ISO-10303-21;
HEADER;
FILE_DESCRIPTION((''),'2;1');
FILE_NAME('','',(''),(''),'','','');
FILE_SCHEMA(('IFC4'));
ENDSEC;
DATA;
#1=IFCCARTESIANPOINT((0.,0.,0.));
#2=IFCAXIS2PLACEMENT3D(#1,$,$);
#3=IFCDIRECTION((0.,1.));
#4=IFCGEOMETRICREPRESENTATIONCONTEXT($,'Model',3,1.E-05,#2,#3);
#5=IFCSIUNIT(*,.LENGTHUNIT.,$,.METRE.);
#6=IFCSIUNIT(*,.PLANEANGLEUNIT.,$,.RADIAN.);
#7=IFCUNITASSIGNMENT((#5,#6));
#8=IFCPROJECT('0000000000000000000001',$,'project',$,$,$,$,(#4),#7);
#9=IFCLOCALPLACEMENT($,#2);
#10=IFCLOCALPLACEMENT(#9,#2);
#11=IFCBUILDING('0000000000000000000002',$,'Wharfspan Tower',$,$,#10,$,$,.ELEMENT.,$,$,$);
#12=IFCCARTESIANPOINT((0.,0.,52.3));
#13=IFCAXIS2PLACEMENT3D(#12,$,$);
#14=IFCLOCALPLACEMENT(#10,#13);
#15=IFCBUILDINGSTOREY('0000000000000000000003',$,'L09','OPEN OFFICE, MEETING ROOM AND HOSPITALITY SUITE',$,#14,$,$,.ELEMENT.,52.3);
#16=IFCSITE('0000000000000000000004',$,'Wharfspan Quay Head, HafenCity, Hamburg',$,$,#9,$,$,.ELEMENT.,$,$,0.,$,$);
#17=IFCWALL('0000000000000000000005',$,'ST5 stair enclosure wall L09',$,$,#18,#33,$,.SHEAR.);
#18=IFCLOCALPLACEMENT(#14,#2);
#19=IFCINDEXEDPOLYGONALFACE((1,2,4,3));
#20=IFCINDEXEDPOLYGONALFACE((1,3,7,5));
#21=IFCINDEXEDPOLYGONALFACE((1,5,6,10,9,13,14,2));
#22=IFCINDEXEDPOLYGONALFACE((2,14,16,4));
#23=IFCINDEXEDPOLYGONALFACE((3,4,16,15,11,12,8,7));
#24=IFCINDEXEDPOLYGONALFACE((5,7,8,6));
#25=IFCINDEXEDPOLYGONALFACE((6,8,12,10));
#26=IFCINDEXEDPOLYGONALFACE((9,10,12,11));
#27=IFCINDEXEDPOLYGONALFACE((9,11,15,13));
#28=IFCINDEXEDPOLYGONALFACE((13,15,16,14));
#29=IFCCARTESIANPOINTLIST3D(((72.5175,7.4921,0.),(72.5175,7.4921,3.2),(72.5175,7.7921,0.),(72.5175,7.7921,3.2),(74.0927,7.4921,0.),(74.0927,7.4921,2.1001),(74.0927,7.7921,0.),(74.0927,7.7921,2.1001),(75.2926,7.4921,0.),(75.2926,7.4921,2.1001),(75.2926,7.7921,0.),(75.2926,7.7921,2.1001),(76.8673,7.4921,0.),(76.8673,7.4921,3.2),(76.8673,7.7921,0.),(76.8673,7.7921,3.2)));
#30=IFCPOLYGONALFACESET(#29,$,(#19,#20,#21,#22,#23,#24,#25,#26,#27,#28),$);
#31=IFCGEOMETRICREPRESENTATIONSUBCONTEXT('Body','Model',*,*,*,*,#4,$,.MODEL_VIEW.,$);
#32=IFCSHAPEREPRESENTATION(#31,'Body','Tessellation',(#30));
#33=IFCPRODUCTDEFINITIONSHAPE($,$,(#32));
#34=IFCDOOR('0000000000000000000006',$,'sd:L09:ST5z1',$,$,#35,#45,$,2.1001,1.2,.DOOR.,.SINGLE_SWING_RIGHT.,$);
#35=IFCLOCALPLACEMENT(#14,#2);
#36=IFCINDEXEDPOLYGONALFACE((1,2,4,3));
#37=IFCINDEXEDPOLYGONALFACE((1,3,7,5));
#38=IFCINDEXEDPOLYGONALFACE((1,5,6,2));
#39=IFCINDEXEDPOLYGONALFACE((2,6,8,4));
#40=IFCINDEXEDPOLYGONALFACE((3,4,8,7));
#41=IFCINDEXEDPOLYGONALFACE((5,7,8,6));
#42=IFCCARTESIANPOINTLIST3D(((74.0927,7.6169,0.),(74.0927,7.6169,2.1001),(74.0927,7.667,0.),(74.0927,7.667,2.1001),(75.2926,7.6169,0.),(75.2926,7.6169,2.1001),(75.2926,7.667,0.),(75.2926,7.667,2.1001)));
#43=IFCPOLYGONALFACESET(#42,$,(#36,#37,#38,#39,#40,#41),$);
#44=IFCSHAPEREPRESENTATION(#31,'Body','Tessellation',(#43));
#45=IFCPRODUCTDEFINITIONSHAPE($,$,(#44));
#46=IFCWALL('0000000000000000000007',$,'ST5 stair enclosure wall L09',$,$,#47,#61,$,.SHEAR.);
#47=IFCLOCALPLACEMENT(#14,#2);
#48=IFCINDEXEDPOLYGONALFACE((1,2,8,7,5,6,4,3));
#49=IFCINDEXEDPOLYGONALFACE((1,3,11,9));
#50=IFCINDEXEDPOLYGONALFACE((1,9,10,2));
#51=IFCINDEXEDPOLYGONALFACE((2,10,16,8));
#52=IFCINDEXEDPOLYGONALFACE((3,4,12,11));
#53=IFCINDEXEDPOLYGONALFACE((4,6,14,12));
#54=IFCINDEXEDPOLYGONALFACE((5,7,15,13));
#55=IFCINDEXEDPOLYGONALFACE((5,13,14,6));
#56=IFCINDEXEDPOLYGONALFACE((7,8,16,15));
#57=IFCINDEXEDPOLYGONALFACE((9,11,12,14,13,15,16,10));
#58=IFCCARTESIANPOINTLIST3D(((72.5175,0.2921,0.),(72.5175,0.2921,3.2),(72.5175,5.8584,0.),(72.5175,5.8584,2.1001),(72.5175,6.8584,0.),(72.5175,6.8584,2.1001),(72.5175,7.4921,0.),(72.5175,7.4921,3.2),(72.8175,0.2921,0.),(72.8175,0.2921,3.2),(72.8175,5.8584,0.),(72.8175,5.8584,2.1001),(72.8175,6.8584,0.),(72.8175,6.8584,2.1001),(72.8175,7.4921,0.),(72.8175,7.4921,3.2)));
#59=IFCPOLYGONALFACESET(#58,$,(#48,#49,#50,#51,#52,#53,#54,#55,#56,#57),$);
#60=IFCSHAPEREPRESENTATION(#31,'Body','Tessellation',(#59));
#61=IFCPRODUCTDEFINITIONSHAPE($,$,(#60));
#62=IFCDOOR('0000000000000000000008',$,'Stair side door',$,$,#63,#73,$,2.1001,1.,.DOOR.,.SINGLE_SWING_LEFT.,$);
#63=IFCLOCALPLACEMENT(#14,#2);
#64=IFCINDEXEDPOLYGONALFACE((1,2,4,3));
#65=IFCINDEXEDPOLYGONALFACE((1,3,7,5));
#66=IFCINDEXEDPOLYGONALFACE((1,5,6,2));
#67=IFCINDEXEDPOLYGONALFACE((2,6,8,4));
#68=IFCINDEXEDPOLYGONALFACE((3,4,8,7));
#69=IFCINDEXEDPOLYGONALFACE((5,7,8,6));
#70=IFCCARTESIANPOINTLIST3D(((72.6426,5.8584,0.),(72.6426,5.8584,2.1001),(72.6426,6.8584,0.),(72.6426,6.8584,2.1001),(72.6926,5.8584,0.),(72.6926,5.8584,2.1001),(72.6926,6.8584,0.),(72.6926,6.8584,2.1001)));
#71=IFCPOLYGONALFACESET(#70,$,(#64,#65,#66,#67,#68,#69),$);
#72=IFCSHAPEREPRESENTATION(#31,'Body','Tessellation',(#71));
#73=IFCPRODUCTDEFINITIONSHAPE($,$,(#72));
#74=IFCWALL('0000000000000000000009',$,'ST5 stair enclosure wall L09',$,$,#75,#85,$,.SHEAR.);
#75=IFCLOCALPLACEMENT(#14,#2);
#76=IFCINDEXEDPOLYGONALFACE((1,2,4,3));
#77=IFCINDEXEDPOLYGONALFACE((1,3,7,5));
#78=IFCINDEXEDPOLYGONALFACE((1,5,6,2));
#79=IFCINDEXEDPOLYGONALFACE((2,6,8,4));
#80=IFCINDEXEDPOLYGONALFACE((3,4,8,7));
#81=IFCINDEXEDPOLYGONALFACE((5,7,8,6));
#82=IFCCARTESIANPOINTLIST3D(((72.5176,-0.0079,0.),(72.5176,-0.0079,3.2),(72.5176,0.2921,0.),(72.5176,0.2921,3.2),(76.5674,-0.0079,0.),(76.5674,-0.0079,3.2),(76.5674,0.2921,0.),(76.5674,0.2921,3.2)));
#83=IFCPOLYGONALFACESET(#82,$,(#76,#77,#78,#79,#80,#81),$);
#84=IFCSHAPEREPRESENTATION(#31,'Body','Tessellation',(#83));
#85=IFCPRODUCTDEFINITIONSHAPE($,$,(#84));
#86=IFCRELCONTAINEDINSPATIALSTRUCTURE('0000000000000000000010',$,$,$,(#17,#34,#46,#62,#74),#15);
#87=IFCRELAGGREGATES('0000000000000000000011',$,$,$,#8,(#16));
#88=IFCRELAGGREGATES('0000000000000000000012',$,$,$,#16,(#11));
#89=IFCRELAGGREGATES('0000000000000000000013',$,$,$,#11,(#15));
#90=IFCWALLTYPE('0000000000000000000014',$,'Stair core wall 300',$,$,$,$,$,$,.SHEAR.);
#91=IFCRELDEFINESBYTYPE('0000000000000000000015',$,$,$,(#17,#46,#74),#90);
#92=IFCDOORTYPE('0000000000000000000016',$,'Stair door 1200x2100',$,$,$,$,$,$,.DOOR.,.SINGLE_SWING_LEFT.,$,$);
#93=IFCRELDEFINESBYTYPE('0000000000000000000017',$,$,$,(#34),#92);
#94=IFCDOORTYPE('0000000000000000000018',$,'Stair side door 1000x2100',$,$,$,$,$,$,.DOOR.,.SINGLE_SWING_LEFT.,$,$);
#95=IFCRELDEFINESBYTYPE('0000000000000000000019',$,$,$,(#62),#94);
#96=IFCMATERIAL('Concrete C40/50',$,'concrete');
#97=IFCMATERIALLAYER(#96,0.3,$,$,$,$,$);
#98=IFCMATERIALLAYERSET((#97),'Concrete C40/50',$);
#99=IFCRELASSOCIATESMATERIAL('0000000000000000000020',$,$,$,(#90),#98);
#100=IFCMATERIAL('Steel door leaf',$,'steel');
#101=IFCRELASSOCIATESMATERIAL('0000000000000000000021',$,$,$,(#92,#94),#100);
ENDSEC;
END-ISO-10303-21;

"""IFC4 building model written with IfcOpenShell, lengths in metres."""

from ifc_helpers import new_model, si_unit, direction, frame, frame_2d, origin, place, context, subcontext, project, spatial, rectangle, extrude, material, layer, layer_set, type_object, element, fill, save


model = new_model("IFC4")

# Units and contexts
model_context = context("Model", 3, precision=1e-05, world=origin(), true_north=direction((0.0, 1.0)))
body_context = subcontext(model_context, "Body", "Model", "MODEL_VIEW")
ifc_project = project(units=[si_unit("LENGTHUNIT", "METRE"), si_unit("PLANEANGLEUNIT", "RADIAN")], contexts=[model_context])

# Site, building, storey
site_placement = place(None, origin())
site = spatial("IfcSite", under=ifc_project, at=site_placement, Name="Wharfspan Quay Head, HafenCity, Hamburg", CompositionType="ELEMENT", RefElevation=0.0)
building_placement = place(site_placement, origin())
building = spatial("IfcBuilding", under=site, at=building_placement, Name="Wharfspan Tower", CompositionType="ELEMENT")
storey_placement = place(building_placement, frame((0.0, 0.0, 52.3)))
storey = spatial("IfcBuildingStorey", under=building, at=storey_placement, Name="L09", Description="OPEN OFFICE, MEETING ROOM AND HOSPITALITY SUITE", CompositionType="ELEMENT", Elevation=52.3)

# Walls, openings, doors
ifc_material_1 = material(Name="Concrete C40/50", Category="concrete")
ifc_layer_1 = layer(ifc_material_1, 0.3)
ifc_layer_set_1 = layer_set([ifc_layer_1], Name="Concrete C40/50")
wall_type_1 = type_object("IfcWallType", Name="Stair core wall 300", PredefinedType="SHEAR", material=ifc_layer_set_1)
wall_1_placement = place(storey_placement, frame((72.5176, 7.6421, 0.0), z_axis=(0.0, 0.0, 1.0), x_axis=(1.0, 0.0, 0.0)))
wall_1 = element("IfcWall", 1, at=wall_1_placement, inside=storey, type_object=wall_type_1, Name="ST5 stair enclosure wall L09", PredefinedType="SHEAR", context=body_context, shape_type="SweptSolid", body=[
    extrude(rectangle(XDim=4.3499, YDim=0.3, at=frame_2d((2.1748, 0.0))), origin(), (0.0, 0.0, 1.0), 3.2),
])
opening_1_placement = place(wall_1_placement, frame((1.575, 0.0, 0.0)))
opening_1 = element("IfcOpeningElement", 2, at=opening_1_placement, cuts=wall_1, PredefinedType="OPENING", context=body_context, shape_type="SweptSolid", body=[
    extrude(rectangle(XDim=1.2, YDim=2.1001, at=frame_2d((0.6001, 1.05))), frame((0.0, 0.1599, 0.0), z_axis=(0.0, -1.0, 0.0), x_axis=(1.0, 0.0, 0.0)), (0.0, 0.0, 1.0), 0.3201),
])
ifc_material_2 = material(Name="Steel door leaf", Category="steel")
door_type_1 = type_object("IfcDoorType", Name="Stair door 1200x2100", OperationType="SINGLE_SWING_LEFT", PredefinedType="DOOR", material=ifc_material_2)
door_1_placement = place(opening_1_placement, origin())
door_1 = element("IfcDoor", 3, at=door_1_placement, inside=storey, type_object=door_type_1, Name="sd:L09:ST5z1", OperationType="SINGLE_SWING_RIGHT", OverallHeight=2.1001, OverallWidth=1.2, PredefinedType="DOOR", context=body_context, shape_type="SweptSolid", body=[
    extrude(rectangle(XDim=1.2, YDim=2.1001, at=frame_2d((0.6001, 1.05))), frame((0.0, 0.0249, 0.0), z_axis=(0.0, -1.0, 0.0), x_axis=(1.0, 0.0, 0.0)), (0.0, 0.0, 1.0), 0.05),
])
fill(opening_1, door_1)
wall_2_placement = place(storey_placement, frame((72.6675, 0.292, 0.0), z_axis=(0.0, 0.0, 1.0), x_axis=(0.0, 1.0, 0.0)))
wall_2 = element("IfcWall", 4, at=wall_2_placement, inside=storey, type_object=wall_type_1, Name="ST5 stair enclosure wall L09", PredefinedType="SHEAR", context=body_context, shape_type="SweptSolid", body=[
    extrude(rectangle(XDim=7.2, YDim=0.3, at=frame_2d((3.6001, 0.0))), origin(), (0.0, 0.0, 1.0), 3.2),
])
opening_2_placement = place(wall_2_placement, frame((5.5664, 0.0, 0.0)))
opening_2 = element("IfcOpeningElement", 5, at=opening_2_placement, cuts=wall_2, PredefinedType="OPENING", context=body_context, shape_type="SweptSolid", body=[
    extrude(rectangle(XDim=1.0, YDim=2.1001, at=frame_2d((0.5, 1.05))), frame((0.0, 0.1599, 0.0), z_axis=(0.0, -1.0, 0.0), x_axis=(1.0, 0.0, 0.0)), (0.0, 0.0, 1.0), 0.3201),
])
door_type_2 = type_object("IfcDoorType", Name="Stair side door 1000x2100", OperationType="SINGLE_SWING_LEFT", PredefinedType="DOOR", material=ifc_material_2)
door_2_placement = place(opening_2_placement, origin())
door_2 = element("IfcDoor", 6, at=door_2_placement, inside=storey, type_object=door_type_2, Name="Stair side door", OperationType="SINGLE_SWING_LEFT", OverallHeight=2.1001, OverallWidth=1.0, PredefinedType="DOOR", context=body_context, shape_type="SweptSolid", body=[
    extrude(rectangle(XDim=1.0, YDim=2.1001, at=frame_2d((0.5, 1.05))), frame((0.0, 0.0249, 0.0), z_axis=(0.0, -1.0, 0.0), x_axis=(1.0, 0.0, 0.0)), (0.0, 0.0, 1.0), 0.05),
])
fill(opening_2, door_2)

# Wall
wall_3_placement = place(storey_placement, frame((72.5176, 0.1421, 0.0), z_axis=(0.0, 0.0, 1.0), x_axis=(1.0, 0.0, 0.0)))
element("IfcWall", 7, at=wall_3_placement, inside=storey, type_object=wall_type_1, Name="ST5 stair enclosure wall L09", PredefinedType="SHEAR", context=body_context, shape_type="SweptSolid", body=[
    extrude(rectangle(XDim=4.0498, YDim=0.3, at=frame_2d((2.0249, 0.0))), origin(), (0.0, 0.0, 1.0), 3.2),
])

save(model, "model.ifc")
